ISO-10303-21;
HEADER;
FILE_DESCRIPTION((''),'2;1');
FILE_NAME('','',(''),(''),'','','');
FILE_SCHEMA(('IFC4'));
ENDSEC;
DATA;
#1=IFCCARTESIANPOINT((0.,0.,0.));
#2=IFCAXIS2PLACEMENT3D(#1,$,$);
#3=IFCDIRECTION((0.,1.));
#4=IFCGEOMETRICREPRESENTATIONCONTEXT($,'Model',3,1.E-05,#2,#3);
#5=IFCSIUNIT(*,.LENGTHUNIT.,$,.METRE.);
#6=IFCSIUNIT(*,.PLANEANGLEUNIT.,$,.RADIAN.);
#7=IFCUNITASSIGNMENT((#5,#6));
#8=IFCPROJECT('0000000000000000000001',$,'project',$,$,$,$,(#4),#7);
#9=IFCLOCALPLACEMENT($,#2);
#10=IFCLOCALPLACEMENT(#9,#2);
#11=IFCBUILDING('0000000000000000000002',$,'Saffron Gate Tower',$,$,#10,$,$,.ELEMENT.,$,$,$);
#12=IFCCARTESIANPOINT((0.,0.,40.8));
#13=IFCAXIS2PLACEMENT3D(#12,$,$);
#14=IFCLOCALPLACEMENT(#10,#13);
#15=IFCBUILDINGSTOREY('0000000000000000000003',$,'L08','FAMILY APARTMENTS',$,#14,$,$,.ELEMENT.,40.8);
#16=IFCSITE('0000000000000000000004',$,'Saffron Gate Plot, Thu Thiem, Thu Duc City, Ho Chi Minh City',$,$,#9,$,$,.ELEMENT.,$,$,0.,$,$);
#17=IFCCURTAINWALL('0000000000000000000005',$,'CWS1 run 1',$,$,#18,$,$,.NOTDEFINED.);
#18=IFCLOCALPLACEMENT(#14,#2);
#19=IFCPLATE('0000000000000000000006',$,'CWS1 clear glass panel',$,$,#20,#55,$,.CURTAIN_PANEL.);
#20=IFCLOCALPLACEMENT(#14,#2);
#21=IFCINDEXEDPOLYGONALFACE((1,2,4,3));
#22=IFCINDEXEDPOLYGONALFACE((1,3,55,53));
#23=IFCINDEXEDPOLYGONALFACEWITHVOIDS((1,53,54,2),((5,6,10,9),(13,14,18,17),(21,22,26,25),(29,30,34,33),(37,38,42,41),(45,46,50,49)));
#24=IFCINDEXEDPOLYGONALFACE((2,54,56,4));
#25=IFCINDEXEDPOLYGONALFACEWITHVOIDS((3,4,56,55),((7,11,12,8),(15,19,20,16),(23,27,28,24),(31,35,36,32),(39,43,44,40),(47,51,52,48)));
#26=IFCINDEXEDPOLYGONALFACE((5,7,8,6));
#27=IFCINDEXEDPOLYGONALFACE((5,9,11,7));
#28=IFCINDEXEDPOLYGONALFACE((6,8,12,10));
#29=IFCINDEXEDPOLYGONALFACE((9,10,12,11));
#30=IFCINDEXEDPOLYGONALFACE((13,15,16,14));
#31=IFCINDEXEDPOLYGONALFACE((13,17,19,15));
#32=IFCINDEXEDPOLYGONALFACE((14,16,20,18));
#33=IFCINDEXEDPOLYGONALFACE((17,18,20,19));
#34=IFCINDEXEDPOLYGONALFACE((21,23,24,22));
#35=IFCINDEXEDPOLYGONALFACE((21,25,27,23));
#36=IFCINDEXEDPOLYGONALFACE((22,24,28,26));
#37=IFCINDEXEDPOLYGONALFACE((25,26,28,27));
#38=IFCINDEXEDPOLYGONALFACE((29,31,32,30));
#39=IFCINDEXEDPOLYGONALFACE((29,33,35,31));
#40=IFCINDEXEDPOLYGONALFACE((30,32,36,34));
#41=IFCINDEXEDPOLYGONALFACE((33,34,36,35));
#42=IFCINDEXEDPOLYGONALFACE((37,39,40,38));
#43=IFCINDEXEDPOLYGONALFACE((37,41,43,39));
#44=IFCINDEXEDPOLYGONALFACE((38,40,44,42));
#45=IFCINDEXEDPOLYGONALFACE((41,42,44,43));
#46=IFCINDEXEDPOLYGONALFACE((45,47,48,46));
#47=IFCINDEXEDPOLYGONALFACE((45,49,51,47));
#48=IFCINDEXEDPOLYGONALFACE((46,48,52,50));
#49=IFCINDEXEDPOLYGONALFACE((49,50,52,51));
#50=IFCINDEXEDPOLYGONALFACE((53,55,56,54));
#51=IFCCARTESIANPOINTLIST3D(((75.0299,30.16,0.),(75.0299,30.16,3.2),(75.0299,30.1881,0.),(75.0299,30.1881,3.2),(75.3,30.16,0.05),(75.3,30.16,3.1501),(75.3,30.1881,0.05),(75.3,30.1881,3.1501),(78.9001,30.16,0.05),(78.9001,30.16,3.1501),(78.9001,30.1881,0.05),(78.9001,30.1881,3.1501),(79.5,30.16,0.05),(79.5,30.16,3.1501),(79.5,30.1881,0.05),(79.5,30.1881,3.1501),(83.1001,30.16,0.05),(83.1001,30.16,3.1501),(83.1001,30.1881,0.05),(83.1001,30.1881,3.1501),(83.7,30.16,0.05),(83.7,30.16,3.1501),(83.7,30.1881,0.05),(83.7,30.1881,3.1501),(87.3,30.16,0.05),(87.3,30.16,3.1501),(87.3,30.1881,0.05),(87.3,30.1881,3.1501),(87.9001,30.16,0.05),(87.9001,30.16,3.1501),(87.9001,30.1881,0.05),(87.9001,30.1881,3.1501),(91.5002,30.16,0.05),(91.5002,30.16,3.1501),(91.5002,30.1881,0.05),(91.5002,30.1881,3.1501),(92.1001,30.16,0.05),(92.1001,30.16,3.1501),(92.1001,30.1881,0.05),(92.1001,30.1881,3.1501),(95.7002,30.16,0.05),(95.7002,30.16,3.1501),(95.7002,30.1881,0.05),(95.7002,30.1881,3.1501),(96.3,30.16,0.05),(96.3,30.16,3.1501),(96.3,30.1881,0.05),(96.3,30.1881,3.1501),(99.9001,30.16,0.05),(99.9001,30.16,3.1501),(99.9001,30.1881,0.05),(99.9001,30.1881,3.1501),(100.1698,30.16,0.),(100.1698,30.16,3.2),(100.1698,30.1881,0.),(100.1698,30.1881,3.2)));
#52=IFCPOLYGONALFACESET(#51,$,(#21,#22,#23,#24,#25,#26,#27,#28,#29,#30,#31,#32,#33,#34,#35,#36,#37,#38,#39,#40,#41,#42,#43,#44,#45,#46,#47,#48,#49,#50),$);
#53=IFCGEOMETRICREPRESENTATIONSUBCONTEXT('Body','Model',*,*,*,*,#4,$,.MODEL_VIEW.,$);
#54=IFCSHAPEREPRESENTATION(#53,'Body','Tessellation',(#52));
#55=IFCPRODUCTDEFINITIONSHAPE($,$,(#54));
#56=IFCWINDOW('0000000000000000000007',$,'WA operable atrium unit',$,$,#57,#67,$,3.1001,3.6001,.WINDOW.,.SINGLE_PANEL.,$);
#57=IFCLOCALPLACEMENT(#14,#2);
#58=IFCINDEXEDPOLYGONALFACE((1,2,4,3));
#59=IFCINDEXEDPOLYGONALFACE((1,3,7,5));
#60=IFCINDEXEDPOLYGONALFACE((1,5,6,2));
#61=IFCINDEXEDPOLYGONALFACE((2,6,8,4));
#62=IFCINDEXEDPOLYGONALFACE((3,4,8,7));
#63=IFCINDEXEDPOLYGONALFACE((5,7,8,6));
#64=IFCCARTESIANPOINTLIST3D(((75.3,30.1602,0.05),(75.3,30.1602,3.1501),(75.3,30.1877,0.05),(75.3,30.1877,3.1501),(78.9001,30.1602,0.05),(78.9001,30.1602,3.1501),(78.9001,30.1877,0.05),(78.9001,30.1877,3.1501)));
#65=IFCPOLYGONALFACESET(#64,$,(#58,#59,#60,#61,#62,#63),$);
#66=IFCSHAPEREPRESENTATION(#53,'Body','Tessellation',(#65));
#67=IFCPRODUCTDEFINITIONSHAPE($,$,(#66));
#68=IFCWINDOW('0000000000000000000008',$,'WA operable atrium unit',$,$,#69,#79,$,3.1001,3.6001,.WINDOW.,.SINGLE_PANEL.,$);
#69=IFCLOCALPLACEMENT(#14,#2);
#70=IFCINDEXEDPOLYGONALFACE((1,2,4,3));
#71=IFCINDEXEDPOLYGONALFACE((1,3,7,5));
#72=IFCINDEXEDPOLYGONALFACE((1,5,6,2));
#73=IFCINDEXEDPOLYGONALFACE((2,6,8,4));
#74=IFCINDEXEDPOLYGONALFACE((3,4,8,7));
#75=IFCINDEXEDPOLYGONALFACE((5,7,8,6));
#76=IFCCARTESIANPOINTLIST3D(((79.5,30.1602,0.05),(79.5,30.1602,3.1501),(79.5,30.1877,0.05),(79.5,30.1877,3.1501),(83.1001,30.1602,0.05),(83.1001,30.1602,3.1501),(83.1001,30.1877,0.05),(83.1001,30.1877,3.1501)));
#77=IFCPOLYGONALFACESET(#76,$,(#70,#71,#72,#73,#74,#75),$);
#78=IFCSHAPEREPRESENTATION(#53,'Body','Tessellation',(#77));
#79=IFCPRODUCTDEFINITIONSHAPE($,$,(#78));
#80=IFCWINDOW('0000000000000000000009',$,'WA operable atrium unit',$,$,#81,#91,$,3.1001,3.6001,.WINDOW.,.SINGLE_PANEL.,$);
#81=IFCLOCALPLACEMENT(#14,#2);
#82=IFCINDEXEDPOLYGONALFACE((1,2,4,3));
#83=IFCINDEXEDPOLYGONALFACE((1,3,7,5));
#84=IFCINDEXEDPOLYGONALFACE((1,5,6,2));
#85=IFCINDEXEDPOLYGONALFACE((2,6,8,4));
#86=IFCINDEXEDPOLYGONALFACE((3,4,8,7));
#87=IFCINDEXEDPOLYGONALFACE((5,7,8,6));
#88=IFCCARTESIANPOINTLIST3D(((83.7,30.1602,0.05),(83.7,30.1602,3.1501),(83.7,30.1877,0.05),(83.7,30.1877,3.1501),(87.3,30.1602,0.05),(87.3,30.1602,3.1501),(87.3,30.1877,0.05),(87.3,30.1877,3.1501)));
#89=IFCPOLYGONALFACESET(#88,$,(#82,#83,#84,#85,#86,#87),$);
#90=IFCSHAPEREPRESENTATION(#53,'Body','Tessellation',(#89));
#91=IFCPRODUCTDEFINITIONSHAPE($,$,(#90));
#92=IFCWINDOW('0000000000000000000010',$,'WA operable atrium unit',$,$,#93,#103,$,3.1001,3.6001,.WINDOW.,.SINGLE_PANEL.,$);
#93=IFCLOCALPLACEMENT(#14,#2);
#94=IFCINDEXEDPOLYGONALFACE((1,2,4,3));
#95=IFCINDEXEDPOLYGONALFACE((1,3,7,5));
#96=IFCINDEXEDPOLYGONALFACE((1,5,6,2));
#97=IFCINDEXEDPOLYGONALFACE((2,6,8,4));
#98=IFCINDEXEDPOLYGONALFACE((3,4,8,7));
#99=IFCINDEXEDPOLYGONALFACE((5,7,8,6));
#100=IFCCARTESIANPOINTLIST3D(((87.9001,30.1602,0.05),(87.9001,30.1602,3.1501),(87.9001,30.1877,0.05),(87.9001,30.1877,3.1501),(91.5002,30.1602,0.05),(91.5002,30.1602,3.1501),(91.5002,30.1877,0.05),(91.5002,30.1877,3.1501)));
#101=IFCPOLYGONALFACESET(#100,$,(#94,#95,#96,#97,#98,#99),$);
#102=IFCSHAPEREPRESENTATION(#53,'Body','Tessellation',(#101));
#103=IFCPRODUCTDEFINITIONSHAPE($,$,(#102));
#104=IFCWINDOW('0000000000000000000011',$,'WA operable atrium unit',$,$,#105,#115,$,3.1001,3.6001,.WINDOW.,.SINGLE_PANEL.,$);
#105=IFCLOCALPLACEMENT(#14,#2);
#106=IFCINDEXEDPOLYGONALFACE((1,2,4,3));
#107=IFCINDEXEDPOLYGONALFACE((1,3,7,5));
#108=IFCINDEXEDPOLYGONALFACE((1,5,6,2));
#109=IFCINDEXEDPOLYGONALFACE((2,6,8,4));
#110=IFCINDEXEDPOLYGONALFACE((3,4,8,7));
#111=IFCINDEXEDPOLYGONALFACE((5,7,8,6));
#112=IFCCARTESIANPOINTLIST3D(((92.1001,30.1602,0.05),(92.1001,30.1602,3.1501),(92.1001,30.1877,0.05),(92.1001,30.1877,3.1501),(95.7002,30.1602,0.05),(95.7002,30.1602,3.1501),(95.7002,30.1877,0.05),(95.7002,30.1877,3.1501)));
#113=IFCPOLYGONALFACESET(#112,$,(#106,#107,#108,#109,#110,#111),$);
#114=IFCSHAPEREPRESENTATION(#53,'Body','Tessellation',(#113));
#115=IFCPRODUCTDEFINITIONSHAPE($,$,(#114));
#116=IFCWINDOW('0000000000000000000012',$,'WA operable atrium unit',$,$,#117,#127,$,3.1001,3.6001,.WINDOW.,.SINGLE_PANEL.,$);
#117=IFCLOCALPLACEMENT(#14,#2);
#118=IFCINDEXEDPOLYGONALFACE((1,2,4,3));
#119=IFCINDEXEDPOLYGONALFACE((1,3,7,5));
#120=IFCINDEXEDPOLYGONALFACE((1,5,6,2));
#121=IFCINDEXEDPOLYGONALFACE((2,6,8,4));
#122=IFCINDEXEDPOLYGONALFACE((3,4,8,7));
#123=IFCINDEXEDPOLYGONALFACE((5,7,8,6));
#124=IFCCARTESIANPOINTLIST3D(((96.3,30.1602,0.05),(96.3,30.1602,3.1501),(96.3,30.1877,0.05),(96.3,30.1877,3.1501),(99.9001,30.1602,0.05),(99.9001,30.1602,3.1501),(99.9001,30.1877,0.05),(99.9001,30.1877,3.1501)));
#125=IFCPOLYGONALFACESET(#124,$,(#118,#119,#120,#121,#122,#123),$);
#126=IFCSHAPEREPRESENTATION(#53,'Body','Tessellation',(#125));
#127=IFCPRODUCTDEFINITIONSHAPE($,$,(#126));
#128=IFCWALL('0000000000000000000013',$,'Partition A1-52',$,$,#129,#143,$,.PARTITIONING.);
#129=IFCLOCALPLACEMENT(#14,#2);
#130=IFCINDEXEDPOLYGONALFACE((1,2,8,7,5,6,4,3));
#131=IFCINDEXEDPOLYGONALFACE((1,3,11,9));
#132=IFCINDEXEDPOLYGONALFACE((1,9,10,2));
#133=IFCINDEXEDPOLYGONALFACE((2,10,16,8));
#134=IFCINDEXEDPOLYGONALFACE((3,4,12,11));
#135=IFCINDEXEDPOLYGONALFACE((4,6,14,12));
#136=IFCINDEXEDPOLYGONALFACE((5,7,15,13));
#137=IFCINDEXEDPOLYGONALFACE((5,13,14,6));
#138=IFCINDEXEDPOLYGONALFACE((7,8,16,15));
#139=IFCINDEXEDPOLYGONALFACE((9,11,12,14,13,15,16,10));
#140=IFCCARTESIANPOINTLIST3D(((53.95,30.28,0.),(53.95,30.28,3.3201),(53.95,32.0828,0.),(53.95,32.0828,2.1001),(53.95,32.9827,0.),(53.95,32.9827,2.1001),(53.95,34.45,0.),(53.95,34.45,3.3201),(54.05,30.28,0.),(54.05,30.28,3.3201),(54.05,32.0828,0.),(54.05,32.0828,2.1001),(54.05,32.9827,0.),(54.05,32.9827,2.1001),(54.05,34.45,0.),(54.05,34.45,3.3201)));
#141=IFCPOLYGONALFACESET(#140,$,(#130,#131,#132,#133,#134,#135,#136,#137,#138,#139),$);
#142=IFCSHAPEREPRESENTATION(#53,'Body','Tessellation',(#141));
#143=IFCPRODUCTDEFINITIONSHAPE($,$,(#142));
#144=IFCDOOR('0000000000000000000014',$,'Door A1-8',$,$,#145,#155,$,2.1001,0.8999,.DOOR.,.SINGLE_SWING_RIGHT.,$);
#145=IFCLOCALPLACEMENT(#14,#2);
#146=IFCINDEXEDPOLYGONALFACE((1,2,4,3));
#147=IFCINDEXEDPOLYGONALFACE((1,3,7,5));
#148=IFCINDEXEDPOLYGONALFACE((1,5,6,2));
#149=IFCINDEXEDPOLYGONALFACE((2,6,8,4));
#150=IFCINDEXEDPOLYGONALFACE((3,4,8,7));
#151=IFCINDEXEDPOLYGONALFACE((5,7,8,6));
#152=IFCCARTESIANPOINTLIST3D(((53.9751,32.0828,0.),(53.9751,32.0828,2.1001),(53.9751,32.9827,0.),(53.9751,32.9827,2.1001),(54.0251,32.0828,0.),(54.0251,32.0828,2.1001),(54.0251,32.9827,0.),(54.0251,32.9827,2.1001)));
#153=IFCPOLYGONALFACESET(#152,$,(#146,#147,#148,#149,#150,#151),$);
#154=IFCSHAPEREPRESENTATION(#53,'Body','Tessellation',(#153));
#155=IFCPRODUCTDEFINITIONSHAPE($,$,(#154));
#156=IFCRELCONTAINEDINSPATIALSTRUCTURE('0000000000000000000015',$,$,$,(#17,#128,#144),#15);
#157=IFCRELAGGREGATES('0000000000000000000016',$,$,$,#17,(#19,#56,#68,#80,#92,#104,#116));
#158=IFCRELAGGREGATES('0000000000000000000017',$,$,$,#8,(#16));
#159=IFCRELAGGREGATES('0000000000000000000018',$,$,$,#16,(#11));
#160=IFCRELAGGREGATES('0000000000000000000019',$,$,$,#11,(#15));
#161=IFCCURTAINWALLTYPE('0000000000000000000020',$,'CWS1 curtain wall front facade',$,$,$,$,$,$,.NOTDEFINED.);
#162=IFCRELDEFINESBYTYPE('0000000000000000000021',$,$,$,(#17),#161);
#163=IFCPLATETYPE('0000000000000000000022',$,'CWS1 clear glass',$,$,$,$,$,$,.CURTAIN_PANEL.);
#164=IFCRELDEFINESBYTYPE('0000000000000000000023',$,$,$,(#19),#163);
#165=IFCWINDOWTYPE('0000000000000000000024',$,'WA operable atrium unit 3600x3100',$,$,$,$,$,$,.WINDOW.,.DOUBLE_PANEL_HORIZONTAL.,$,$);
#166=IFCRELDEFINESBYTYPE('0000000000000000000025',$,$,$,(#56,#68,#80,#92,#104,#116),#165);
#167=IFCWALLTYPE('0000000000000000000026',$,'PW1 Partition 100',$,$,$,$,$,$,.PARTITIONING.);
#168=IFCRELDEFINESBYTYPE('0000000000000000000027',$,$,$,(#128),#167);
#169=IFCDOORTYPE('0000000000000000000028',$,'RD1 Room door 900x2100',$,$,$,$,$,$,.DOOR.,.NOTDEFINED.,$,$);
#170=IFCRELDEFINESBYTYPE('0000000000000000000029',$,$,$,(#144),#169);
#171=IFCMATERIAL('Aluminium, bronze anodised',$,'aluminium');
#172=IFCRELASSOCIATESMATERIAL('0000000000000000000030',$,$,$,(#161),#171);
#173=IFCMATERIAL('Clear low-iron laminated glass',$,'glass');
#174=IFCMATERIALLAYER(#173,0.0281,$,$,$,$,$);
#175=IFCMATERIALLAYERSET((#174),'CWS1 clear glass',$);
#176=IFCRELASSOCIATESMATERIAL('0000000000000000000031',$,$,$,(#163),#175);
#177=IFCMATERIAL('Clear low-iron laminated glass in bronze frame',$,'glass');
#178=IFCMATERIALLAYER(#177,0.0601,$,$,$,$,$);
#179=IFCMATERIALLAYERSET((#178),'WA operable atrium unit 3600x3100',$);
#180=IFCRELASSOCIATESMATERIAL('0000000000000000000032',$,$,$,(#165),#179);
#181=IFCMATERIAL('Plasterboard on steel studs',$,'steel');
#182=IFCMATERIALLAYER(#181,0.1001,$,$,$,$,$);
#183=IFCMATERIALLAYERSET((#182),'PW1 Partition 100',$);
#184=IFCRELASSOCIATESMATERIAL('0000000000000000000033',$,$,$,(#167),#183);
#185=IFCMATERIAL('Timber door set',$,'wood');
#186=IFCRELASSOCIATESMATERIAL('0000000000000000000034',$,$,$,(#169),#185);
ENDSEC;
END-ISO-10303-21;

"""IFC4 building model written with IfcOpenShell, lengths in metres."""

from ifc_helpers import new_model, si_unit, direction, frame, frame_2d, origin, place, context, subcontext, project, spatial, rectangle, extrude, material, layer, layer_set, type_object, element, fill, aggregate, save


model = new_model("IFC4")

# Units and contexts
model_context = context("Model", 3, precision=1e-05, world=origin(), true_north=direction((0.0, 1.0)))
body_context = subcontext(model_context, "Body", "Model", "MODEL_VIEW")
ifc_project = project(units=[si_unit("LENGTHUNIT", "METRE"), si_unit("PLANEANGLEUNIT", "RADIAN")], contexts=[model_context])

# Site, building, storey
site_placement = place(None, origin())
site = spatial("IfcSite", under=ifc_project, at=site_placement, Name="Saffron Gate Plot, Thu Thiem, Thu Duc City, Ho Chi Minh City", CompositionType="ELEMENT", RefElevation=0.0)
building_placement = place(site_placement, origin())
building = spatial("IfcBuilding", under=site, at=building_placement, Name="Saffron Gate Tower", CompositionType="ELEMENT")
storey_placement = place(building_placement, frame((0.0, 0.0, 40.8)))
storey = spatial("IfcBuildingStorey", under=building, at=storey_placement, Name="L08", Description="FAMILY APARTMENTS", CompositionType="ELEMENT", Elevation=40.8)

# Curtain wall, plate, openings, windows
ifc_material_1 = material(Name="Aluminium, bronze anodised", Category="aluminium")
curtain_wall_type = type_object("IfcCurtainWallType", Name="CWS1 curtain wall front facade", PredefinedType="NOTDEFINED", material=ifc_material_1)
curtain_wall_placement = place(storey_placement, origin())
curtain_wall = element("IfcCurtainWall", 1, at=curtain_wall_placement, inside=storey, type_object=curtain_wall_type, Name="CWS1 run 1", PredefinedType="NOTDEFINED")
ifc_material_2 = material(Name="Clear low-iron laminated glass", Category="glass")
ifc_layer_1 = layer(ifc_material_2, 0.0281)
ifc_layer_set_1 = layer_set([ifc_layer_1], Name="CWS1 clear glass")
plate_type = type_object("IfcPlateType", Name="CWS1 clear glass", PredefinedType="CURTAIN_PANEL", material=ifc_layer_set_1)
plate_placement = place(storey_placement, frame((75.03, 30.1741, 0.0), z_axis=(0.0, 0.0, 1.0), x_axis=(1.0, 0.0, 0.0)))
plate = element("IfcPlate", 2, at=plate_placement, type_object=plate_type, Name="CWS1 clear glass panel", PredefinedType="CURTAIN_PANEL", context=body_context, shape_type="SweptSolid", body=[
    extrude(rectangle(XDim=25.1399, YDim=0.0281, at=frame_2d((12.5698, 0.0))), origin(), (0.0, 0.0, 1.0), 3.2),
])
opening_1_placement = place(plate_placement, frame((0.27, 0.0, 0.05)))
opening_1 = element("IfcOpeningElement", 3, at=opening_1_placement, cuts=plate, PredefinedType="OPENING", context=body_context, shape_type="SweptSolid", body=[
    extrude(rectangle(XDim=3.6001, YDim=3.1001, at=frame_2d((1.8, 1.55))), frame((0.0, 0.0239, 0.0), z_axis=(0.0, -1.0, 0.0), x_axis=(1.0, 0.0, 0.0)), (0.0, 0.0, 1.0), 0.0481),
])
opening_2_placement = place(plate_placement, frame((4.47, 0.0, 0.05)))
opening_2 = element("IfcOpeningElement", 4, at=opening_2_placement, cuts=plate, PredefinedType="OPENING", context=body_context, shape_type="SweptSolid", body=[
    extrude(rectangle(XDim=3.6001, YDim=3.1001, at=frame_2d((1.8, 1.55))), frame((0.0, 0.0239, 0.0), z_axis=(0.0, -1.0, 0.0), x_axis=(1.0, 0.0, 0.0)), (0.0, 0.0, 1.0), 0.0481),
])
opening_3_placement = place(plate_placement, frame((8.6699, 0.0, 0.05)))
opening_3 = element("IfcOpeningElement", 5, at=opening_3_placement, cuts=plate, PredefinedType="OPENING", context=body_context, shape_type="SweptSolid", body=[
    extrude(rectangle(XDim=3.6001, YDim=3.1001, at=frame_2d((1.8, 1.55))), frame((0.0, 0.0239, 0.0), z_axis=(0.0, -1.0, 0.0), x_axis=(1.0, 0.0, 0.0)), (0.0, 0.0, 1.0), 0.0481),
])
opening_4_placement = place(plate_placement, frame((12.8701, 0.0, 0.05)))
opening_4 = element("IfcOpeningElement", 6, at=opening_4_placement, cuts=plate, PredefinedType="OPENING", context=body_context, shape_type="SweptSolid", body=[
    extrude(rectangle(XDim=3.6001, YDim=3.1001, at=frame_2d((1.8, 1.55))), frame((0.0, 0.0239, 0.0), z_axis=(0.0, -1.0, 0.0), x_axis=(1.0, 0.0, 0.0)), (0.0, 0.0, 1.0), 0.0481),
])
opening_5_placement = place(plate_placement, frame((17.0701, 0.0, 0.05)))
opening_5 = element("IfcOpeningElement", 7, at=opening_5_placement, cuts=plate, PredefinedType="OPENING", context=body_context, shape_type="SweptSolid", body=[
    extrude(rectangle(XDim=3.6001, YDim=3.1001, at=frame_2d((1.8, 1.55))), frame((0.0, 0.0239, 0.0), z_axis=(0.0, -1.0, 0.0), x_axis=(1.0, 0.0, 0.0)), (0.0, 0.0, 1.0), 0.0481),
])
opening_6_placement = place(plate_placement, frame((21.27, 0.0, 0.05)))
opening_6 = element("IfcOpeningElement", 8, at=opening_6_placement, cuts=plate, PredefinedType="OPENING", context=body_context, shape_type="SweptSolid", body=[
    extrude(rectangle(XDim=3.6001, YDim=3.1001, at=frame_2d((1.8, 1.55))), frame((0.0, 0.0239, 0.0), z_axis=(0.0, -1.0, 0.0), x_axis=(1.0, 0.0, 0.0)), (0.0, 0.0, 1.0), 0.0481),
])
ifc_material_3 = material(Name="Clear low-iron laminated glass in bronze frame", Category="glass")
ifc_layer_2 = layer(ifc_material_3, 0.0601)
ifc_layer_set_2 = layer_set([ifc_layer_2], Name="WA operable atrium unit 3600x3100")
window_type = type_object("IfcWindowType", Name="WA operable atrium unit 3600x3100", PartitioningType="DOUBLE_PANEL_HORIZONTAL", PredefinedType="WINDOW", material=ifc_layer_set_2)
window_1_placement = place(opening_1_placement, origin())
window_1 = element("IfcWindow", 9, at=window_1_placement, type_object=window_type, Name="WA operable atrium unit", OverallHeight=3.1001, OverallWidth=3.6001, PartitioningType="SINGLE_PANEL", PredefinedType="WINDOW", context=body_context, shape_type="SweptSolid", body=[
    extrude(rectangle(XDim=3.6001, YDim=3.1001, at=frame_2d((1.8, 1.55))), frame((0.0, 0.0137, 0.0), z_axis=(0.0, -1.0, 0.0), x_axis=(1.0, 0.0, 0.0)), (0.0, 0.0, 1.0), 0.0276),
])
fill(opening_1, window_1)
window_2_placement = place(opening_2_placement, origin())
window_2 = element("IfcWindow", 10, at=window_2_placement, type_object=window_type, Name="WA operable atrium unit", OverallHeight=3.1001, OverallWidth=3.6001, PartitioningType="SINGLE_PANEL", PredefinedType="WINDOW", context=body_context, shape_type="SweptSolid", body=[
    extrude(rectangle(XDim=3.6001, YDim=3.1001, at=frame_2d((1.8, 1.55))), frame((0.0, 0.0137, 0.0), z_axis=(0.0, -1.0, 0.0), x_axis=(1.0, 0.0, 0.0)), (0.0, 0.0, 1.0), 0.0276),
])
fill(opening_2, window_2)
window_3_placement = place(opening_3_placement, origin())
window_3 = element("IfcWindow", 11, at=window_3_placement, type_object=window_type, Name="WA operable atrium unit", OverallHeight=3.1001, OverallWidth=3.6001, PartitioningType="SINGLE_PANEL", PredefinedType="WINDOW", context=body_context, shape_type="SweptSolid", body=[
    extrude(rectangle(XDim=3.6001, YDim=3.1001, at=frame_2d((1.8, 1.55))), frame((0.0, 0.0137, 0.0), z_axis=(0.0, -1.0, 0.0), x_axis=(1.0, 0.0, 0.0)), (0.0, 0.0, 1.0), 0.0276),
])
fill(opening_3, window_3)
window_4_placement = place(opening_4_placement, origin())
window_4 = element("IfcWindow", 12, at=window_4_placement, type_object=window_type, Name="WA operable atrium unit", OverallHeight=3.1001, OverallWidth=3.6001, PartitioningType="SINGLE_PANEL", PredefinedType="WINDOW", context=body_context, shape_type="SweptSolid", body=[
    extrude(rectangle(XDim=3.6001, YDim=3.1001, at=frame_2d((1.8, 1.55))), frame((0.0, 0.0137, 0.0), z_axis=(0.0, -1.0, 0.0), x_axis=(1.0, 0.0, 0.0)), (0.0, 0.0, 1.0), 0.0276),
])
fill(opening_4, window_4)
window_5_placement = place(opening_5_placement, origin())
window_5 = element("IfcWindow", 13, at=window_5_placement, type_object=window_type, Name="WA operable atrium unit", OverallHeight=3.1001, OverallWidth=3.6001, PartitioningType="SINGLE_PANEL", PredefinedType="WINDOW", context=body_context, shape_type="SweptSolid", body=[
    extrude(rectangle(XDim=3.6001, YDim=3.1001, at=frame_2d((1.8, 1.55))), frame((0.0, 0.0137, 0.0), z_axis=(0.0, -1.0, 0.0), x_axis=(1.0, 0.0, 0.0)), (0.0, 0.0, 1.0), 0.0276),
])
fill(opening_5, window_5)
window_6_placement = place(opening_6_placement, origin())
window_6 = element("IfcWindow", 14, at=window_6_placement, type_object=window_type, Name="WA operable atrium unit", OverallHeight=3.1001, OverallWidth=3.6001, PartitioningType="SINGLE_PANEL", PredefinedType="WINDOW", context=body_context, shape_type="SweptSolid", body=[
    extrude(rectangle(XDim=3.6001, YDim=3.1001, at=frame_2d((1.8, 1.55))), frame((0.0, 0.0137, 0.0), z_axis=(0.0, -1.0, 0.0), x_axis=(1.0, 0.0, 0.0)), (0.0, 0.0, 1.0), 0.0276),
])
fill(opening_6, window_6)
aggregate(curtain_wall, [plate, window_1, window_2, window_3, window_4, window_5, window_6])

# Wall, opening, door
ifc_material_4 = material(Name="Plasterboard on steel studs", Category="steel")
ifc_layer_3 = layer(ifc_material_4, 0.1001)
ifc_layer_set_3 = layer_set([ifc_layer_3], Name="PW1 Partition 100")
wall_type_1 = type_object("IfcWallType", Name="PW1 Partition 100", PredefinedType="PARTITIONING", material=ifc_layer_set_3)
wall_1_placement = place(storey_placement, frame((54.0, 30.28, 0.0), z_axis=(0.0, 0.0, 1.0), x_axis=(0.0, 1.0, 0.0)))
wall_1 = element("IfcWall", 15, at=wall_1_placement, inside=storey, type_object=wall_type_1, Name="Partition A1-52", PredefinedType="PARTITIONING", context=body_context, shape_type="SweptSolid", body=[
    extrude(rectangle(XDim=4.1699, YDim=0.1001, at=frame_2d((2.085, 0.0))), origin(), (0.0, 0.0, 1.0), 3.3201),
])
opening_7_placement = place(wall_1_placement, frame((1.8027, 0.0, 0.0)))
opening_7 = element("IfcOpeningElement", 16, at=opening_7_placement, cuts=wall_1, PredefinedType="OPENING", context=body_context, shape_type="SweptSolid", body=[
    extrude(rectangle(XDim=0.8999, YDim=2.1001, at=frame_2d((0.45, 1.05))), frame((0.0, 0.0601, 0.0), z_axis=(0.0, -1.0, 0.0), x_axis=(1.0, 0.0, 0.0)), (0.0, 0.0, 1.0), 0.1201),
])
ifc_material_5 = material(Name="Timber door set", Category="wood")
door_type = type_object("IfcDoorType", Name="RD1 Room door 900x2100", OperationType="NOTDEFINED", PredefinedType="DOOR", material=ifc_material_5)
door_placement = place(opening_7_placement, origin())
door = element("IfcDoor", 17, at=door_placement, inside=storey, type_object=door_type, Name="Door A1-8", OperationType="SINGLE_SWING_RIGHT", OverallHeight=2.1001, OverallWidth=0.8999, PredefinedType="DOOR", context=body_context, shape_type="SweptSolid", body=[
    extrude(rectangle(XDim=0.8999, YDim=2.1001, at=frame_2d((0.45, 1.05))), frame((0.0, 0.0249, 0.0), z_axis=(0.0, -1.0, 0.0), x_axis=(1.0, 0.0, 0.0)), (0.0, 0.0, 1.0), 0.05),
])
fill(opening_7, door)

save(model, "model.ifc")
